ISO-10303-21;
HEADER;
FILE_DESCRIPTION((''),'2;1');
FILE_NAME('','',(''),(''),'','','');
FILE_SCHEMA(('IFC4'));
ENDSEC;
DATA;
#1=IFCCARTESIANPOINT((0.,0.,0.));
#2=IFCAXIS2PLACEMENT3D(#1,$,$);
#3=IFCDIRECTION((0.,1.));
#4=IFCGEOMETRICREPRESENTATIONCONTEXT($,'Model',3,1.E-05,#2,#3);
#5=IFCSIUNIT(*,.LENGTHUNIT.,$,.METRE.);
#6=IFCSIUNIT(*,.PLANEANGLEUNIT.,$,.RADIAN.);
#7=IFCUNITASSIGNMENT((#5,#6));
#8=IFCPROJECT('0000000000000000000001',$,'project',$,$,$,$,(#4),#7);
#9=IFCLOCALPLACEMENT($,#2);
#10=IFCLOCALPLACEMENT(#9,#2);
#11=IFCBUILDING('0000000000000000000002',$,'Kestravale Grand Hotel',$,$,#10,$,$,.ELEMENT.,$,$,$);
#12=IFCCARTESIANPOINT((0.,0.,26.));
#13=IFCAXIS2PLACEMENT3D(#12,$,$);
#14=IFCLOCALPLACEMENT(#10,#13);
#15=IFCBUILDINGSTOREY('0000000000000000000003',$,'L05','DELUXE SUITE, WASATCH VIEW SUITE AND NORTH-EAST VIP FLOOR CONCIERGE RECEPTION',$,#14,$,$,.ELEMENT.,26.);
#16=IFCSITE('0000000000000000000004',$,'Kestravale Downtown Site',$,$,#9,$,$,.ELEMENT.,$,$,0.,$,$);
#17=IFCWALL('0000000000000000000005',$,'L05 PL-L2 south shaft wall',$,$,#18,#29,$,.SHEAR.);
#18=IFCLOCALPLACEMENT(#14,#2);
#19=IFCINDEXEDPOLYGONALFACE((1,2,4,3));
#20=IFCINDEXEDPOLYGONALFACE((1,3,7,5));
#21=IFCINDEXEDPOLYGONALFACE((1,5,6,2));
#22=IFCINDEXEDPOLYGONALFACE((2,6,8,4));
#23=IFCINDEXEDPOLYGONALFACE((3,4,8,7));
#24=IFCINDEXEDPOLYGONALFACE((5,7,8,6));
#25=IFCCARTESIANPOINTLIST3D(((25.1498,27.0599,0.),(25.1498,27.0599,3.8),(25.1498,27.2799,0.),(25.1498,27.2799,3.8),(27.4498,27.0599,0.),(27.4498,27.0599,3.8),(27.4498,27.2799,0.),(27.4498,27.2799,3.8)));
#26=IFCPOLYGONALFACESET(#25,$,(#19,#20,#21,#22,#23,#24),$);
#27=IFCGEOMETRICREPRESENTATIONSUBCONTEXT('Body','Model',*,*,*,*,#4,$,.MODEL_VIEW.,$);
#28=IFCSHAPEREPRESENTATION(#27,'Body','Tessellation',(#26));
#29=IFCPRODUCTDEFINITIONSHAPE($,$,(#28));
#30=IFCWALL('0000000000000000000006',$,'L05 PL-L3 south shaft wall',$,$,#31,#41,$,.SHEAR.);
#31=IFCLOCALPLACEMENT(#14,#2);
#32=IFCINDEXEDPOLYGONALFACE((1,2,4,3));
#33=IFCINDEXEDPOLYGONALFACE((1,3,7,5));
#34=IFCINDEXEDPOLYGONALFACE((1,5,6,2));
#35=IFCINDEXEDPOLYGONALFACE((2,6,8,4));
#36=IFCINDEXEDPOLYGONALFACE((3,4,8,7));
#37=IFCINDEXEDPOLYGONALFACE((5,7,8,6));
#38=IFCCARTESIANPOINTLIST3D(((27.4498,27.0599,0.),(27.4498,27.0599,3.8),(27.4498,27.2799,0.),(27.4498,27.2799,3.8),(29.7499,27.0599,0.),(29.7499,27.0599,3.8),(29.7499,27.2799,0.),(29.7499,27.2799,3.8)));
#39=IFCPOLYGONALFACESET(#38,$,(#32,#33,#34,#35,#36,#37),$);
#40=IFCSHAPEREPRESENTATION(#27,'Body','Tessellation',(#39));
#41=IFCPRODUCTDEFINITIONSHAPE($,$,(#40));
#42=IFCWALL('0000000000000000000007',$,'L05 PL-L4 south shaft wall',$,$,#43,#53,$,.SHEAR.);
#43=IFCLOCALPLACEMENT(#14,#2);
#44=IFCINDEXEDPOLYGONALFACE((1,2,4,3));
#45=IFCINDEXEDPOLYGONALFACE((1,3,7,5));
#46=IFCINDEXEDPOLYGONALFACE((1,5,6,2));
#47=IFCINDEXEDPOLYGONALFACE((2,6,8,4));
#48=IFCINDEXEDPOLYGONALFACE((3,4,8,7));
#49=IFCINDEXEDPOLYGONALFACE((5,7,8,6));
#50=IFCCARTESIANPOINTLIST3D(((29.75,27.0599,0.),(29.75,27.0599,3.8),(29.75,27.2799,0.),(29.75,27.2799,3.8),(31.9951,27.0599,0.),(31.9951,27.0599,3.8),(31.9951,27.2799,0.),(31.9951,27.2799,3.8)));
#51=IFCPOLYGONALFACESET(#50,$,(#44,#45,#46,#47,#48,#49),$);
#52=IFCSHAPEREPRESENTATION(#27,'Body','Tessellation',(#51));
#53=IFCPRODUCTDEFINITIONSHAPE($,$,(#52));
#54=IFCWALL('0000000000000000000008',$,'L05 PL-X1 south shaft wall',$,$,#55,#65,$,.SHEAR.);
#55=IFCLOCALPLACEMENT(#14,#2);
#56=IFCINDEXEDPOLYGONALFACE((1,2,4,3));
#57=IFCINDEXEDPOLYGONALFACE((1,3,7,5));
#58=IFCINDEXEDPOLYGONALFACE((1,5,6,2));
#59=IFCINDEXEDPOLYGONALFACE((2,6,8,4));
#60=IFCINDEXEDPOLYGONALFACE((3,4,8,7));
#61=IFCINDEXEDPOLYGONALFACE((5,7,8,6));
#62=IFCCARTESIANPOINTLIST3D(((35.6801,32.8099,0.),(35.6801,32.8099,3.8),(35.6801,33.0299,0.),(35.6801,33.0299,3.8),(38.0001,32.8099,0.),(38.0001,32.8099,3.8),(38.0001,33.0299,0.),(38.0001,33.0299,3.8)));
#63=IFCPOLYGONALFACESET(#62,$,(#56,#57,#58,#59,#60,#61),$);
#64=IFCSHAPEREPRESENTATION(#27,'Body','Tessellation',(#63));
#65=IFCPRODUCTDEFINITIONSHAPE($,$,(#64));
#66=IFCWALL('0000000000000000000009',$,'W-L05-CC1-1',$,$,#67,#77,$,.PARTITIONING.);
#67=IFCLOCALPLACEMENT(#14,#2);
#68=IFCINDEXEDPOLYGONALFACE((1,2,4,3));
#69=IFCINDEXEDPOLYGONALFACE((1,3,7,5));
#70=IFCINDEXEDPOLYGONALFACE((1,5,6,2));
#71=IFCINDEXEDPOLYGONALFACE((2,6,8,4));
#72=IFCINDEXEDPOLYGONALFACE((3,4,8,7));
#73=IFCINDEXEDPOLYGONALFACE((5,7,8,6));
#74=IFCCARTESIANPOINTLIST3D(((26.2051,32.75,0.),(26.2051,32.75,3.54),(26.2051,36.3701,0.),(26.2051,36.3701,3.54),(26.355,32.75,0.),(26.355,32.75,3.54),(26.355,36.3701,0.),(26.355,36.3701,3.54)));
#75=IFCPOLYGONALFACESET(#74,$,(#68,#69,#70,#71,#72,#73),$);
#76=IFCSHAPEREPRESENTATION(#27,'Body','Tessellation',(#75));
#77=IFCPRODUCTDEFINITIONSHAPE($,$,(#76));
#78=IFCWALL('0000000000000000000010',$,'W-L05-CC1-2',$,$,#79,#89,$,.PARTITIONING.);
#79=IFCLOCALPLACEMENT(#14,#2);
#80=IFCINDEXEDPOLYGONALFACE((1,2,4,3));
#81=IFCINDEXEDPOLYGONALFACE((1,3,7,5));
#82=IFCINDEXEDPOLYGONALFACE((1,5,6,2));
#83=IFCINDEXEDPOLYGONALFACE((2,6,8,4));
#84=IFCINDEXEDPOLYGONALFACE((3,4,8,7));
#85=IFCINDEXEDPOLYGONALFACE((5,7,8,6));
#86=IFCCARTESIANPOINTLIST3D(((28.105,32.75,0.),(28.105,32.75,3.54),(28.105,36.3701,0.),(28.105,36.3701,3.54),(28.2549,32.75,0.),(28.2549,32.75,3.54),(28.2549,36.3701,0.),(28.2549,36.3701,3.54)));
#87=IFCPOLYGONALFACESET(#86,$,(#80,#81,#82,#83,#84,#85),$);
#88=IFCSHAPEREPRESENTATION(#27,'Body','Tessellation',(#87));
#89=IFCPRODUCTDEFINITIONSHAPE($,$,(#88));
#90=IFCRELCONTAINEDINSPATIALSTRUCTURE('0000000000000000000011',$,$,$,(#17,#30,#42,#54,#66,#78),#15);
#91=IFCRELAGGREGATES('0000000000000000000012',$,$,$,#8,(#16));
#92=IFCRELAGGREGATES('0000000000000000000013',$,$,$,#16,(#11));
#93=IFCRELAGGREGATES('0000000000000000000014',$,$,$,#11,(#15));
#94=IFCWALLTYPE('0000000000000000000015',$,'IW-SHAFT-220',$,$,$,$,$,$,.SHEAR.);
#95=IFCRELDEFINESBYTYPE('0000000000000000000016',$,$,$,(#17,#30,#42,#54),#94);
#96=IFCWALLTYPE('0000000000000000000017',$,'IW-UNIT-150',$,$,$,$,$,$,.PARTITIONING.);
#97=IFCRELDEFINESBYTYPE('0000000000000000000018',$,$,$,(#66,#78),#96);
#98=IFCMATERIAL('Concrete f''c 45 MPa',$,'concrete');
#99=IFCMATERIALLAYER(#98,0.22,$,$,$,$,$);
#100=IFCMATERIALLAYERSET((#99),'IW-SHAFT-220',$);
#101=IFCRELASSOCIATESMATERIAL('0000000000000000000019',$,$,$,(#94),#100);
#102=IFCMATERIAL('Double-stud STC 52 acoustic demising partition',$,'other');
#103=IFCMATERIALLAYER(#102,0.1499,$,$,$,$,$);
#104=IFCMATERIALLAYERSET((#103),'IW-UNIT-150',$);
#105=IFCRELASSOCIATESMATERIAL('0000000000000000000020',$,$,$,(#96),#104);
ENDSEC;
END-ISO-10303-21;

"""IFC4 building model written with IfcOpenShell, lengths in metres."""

from ifc_helpers import new_model, si_unit, direction, frame, frame_2d, origin, place, context, subcontext, project, spatial, rectangle, extrude, material, layer, layer_set, type_object, element, save


model = new_model("IFC4")

# Units and contexts
model_context = context("Model", 3, precision=1e-05, world=origin(), true_north=direction((0.0, 1.0)))
body_context = subcontext(model_context, "Body", "Model", "MODEL_VIEW")
ifc_project = project(units=[si_unit("LENGTHUNIT", "METRE"), si_unit("PLANEANGLEUNIT", "RADIAN")], contexts=[model_context])

# Site, building, storey
site_placement = place(None, origin())
site = spatial("IfcSite", under=ifc_project, at=site_placement, Name="Kestravale Downtown Site", CompositionType="ELEMENT", RefElevation=0.0)
building_placement = place(site_placement, origin())
building = spatial("IfcBuilding", under=site, at=building_placement, Name="Kestravale Grand Hotel", CompositionType="ELEMENT")
storey_placement = place(building_placement, frame((0.0, 0.0, 26.0)))
storey = spatial("IfcBuildingStorey", under=building, at=storey_placement, Name="L05", Description="DELUXE SUITE, WASATCH VIEW SUITE AND NORTH-EAST VIP FLOOR CONCIERGE RECEPTION", CompositionType="ELEMENT", Elevation=26.0)

# Shared definitions
ifc_material_1 = material(Name="Concrete f'c 45 MPa", Category="concrete")
ifc_layer_1 = layer(ifc_material_1, 0.22)
ifc_layer_set_1 = layer_set([ifc_layer_1], Name="IW-SHAFT-220")
wall_type_1 = type_object("IfcWallType", Name="IW-SHAFT-220", PredefinedType="SHEAR", material=ifc_layer_set_1)

# Wall
wall_1_placement = place(storey_placement, frame((25.1499, 27.1699, 0.0), z_axis=(0.0, 0.0, 1.0), x_axis=(1.0, 0.0, 0.0)))
element("IfcWall", 1, at=wall_1_placement, inside=storey, type_object=wall_type_1, Name="L05 PL-L2 south shaft wall", PredefinedType="SHEAR", context=body_context, shape_type="SweptSolid", body=[
    extrude(rectangle(XDim=2.3, YDim=0.22, at=frame_2d((1.1499, 0.0))), origin(), (0.0, 0.0, 1.0), 3.8),
])

# Wall
wall_2_placement = place(storey_placement, frame((27.45, 27.1699, 0.0), z_axis=(0.0, 0.0, 1.0), x_axis=(1.0, 0.0, 0.0)))
element("IfcWall", 2, at=wall_2_placement, inside=storey, type_object=wall_type_1, Name="L05 PL-L3 south shaft wall", PredefinedType="SHEAR", context=body_context, shape_type="SweptSolid", body=[
    extrude(rectangle(XDim=2.3, YDim=0.22, at=frame_2d((1.1499, 0.0))), origin(), (0.0, 0.0, 1.0), 3.8),
])

# Walls
wall_3_placement = place(storey_placement, frame((29.75, 27.1699, 0.0), z_axis=(0.0, 0.0, 1.0), x_axis=(1.0, 0.0, 0.0)))
element("IfcWall", 3, at=wall_3_placement, inside=storey, type_object=wall_type_1, Name="L05 PL-L4 south shaft wall", PredefinedType="SHEAR", context=body_context, shape_type="SweptSolid", body=[
    extrude(rectangle(XDim=2.2451, YDim=0.22, at=frame_2d((1.1226, 0.0))), origin(), (0.0, 0.0, 1.0), 3.8),
])
wall_4_placement = place(storey_placement, frame((35.6799, 32.9199, 0.0), z_axis=(0.0, 0.0, 1.0), x_axis=(1.0, 0.0, 0.0)))
element("IfcWall", 4, at=wall_4_placement, inside=storey, type_object=wall_type_1, Name="L05 PL-X1 south shaft wall", PredefinedType="SHEAR", context=body_context, shape_type="SweptSolid", body=[
    extrude(rectangle(XDim=2.3201, YDim=0.22, at=frame_2d((1.1602, 0.0))), origin(), (0.0, 0.0, 1.0), 3.8),
])
ifc_material_2 = material(Name="Double-stud STC 52 acoustic demising partition", Category="other")
ifc_layer_2 = layer(ifc_material_2, 0.1499)
ifc_layer_set_2 = layer_set([ifc_layer_2], Name="IW-UNIT-150")
wall_type_2 = type_object("IfcWallType", Name="IW-UNIT-150", PredefinedType="PARTITIONING", material=ifc_layer_set_2)
for number, where, z_axis, x_axis, name in (
    (5, (26.28, 32.75, 0.0), (0.0, 0.0, 1.0), (0.0, 1.0, 0.0), "W-L05-CC1-1"),
    (6, (28.1799, 32.75, 0.0), (0.0, 0.0, 1.0), (0.0, 1.0, 0.0), "W-L05-CC1-2"),
):
    element("IfcWall", number, at=place(storey_placement, frame(where, z_axis=z_axis, x_axis=x_axis)), inside=storey, type_object=wall_type_2, Name=name, PredefinedType="PARTITIONING", context=body_context, shape_type="SweptSolid", body=[
        extrude(rectangle(XDim=3.6201, YDim=0.1499, at=frame_2d((1.8101, 0.0))), origin(), (0.0, 0.0, 1.0), 3.54),
    ])

save(model, "model.ifc")
